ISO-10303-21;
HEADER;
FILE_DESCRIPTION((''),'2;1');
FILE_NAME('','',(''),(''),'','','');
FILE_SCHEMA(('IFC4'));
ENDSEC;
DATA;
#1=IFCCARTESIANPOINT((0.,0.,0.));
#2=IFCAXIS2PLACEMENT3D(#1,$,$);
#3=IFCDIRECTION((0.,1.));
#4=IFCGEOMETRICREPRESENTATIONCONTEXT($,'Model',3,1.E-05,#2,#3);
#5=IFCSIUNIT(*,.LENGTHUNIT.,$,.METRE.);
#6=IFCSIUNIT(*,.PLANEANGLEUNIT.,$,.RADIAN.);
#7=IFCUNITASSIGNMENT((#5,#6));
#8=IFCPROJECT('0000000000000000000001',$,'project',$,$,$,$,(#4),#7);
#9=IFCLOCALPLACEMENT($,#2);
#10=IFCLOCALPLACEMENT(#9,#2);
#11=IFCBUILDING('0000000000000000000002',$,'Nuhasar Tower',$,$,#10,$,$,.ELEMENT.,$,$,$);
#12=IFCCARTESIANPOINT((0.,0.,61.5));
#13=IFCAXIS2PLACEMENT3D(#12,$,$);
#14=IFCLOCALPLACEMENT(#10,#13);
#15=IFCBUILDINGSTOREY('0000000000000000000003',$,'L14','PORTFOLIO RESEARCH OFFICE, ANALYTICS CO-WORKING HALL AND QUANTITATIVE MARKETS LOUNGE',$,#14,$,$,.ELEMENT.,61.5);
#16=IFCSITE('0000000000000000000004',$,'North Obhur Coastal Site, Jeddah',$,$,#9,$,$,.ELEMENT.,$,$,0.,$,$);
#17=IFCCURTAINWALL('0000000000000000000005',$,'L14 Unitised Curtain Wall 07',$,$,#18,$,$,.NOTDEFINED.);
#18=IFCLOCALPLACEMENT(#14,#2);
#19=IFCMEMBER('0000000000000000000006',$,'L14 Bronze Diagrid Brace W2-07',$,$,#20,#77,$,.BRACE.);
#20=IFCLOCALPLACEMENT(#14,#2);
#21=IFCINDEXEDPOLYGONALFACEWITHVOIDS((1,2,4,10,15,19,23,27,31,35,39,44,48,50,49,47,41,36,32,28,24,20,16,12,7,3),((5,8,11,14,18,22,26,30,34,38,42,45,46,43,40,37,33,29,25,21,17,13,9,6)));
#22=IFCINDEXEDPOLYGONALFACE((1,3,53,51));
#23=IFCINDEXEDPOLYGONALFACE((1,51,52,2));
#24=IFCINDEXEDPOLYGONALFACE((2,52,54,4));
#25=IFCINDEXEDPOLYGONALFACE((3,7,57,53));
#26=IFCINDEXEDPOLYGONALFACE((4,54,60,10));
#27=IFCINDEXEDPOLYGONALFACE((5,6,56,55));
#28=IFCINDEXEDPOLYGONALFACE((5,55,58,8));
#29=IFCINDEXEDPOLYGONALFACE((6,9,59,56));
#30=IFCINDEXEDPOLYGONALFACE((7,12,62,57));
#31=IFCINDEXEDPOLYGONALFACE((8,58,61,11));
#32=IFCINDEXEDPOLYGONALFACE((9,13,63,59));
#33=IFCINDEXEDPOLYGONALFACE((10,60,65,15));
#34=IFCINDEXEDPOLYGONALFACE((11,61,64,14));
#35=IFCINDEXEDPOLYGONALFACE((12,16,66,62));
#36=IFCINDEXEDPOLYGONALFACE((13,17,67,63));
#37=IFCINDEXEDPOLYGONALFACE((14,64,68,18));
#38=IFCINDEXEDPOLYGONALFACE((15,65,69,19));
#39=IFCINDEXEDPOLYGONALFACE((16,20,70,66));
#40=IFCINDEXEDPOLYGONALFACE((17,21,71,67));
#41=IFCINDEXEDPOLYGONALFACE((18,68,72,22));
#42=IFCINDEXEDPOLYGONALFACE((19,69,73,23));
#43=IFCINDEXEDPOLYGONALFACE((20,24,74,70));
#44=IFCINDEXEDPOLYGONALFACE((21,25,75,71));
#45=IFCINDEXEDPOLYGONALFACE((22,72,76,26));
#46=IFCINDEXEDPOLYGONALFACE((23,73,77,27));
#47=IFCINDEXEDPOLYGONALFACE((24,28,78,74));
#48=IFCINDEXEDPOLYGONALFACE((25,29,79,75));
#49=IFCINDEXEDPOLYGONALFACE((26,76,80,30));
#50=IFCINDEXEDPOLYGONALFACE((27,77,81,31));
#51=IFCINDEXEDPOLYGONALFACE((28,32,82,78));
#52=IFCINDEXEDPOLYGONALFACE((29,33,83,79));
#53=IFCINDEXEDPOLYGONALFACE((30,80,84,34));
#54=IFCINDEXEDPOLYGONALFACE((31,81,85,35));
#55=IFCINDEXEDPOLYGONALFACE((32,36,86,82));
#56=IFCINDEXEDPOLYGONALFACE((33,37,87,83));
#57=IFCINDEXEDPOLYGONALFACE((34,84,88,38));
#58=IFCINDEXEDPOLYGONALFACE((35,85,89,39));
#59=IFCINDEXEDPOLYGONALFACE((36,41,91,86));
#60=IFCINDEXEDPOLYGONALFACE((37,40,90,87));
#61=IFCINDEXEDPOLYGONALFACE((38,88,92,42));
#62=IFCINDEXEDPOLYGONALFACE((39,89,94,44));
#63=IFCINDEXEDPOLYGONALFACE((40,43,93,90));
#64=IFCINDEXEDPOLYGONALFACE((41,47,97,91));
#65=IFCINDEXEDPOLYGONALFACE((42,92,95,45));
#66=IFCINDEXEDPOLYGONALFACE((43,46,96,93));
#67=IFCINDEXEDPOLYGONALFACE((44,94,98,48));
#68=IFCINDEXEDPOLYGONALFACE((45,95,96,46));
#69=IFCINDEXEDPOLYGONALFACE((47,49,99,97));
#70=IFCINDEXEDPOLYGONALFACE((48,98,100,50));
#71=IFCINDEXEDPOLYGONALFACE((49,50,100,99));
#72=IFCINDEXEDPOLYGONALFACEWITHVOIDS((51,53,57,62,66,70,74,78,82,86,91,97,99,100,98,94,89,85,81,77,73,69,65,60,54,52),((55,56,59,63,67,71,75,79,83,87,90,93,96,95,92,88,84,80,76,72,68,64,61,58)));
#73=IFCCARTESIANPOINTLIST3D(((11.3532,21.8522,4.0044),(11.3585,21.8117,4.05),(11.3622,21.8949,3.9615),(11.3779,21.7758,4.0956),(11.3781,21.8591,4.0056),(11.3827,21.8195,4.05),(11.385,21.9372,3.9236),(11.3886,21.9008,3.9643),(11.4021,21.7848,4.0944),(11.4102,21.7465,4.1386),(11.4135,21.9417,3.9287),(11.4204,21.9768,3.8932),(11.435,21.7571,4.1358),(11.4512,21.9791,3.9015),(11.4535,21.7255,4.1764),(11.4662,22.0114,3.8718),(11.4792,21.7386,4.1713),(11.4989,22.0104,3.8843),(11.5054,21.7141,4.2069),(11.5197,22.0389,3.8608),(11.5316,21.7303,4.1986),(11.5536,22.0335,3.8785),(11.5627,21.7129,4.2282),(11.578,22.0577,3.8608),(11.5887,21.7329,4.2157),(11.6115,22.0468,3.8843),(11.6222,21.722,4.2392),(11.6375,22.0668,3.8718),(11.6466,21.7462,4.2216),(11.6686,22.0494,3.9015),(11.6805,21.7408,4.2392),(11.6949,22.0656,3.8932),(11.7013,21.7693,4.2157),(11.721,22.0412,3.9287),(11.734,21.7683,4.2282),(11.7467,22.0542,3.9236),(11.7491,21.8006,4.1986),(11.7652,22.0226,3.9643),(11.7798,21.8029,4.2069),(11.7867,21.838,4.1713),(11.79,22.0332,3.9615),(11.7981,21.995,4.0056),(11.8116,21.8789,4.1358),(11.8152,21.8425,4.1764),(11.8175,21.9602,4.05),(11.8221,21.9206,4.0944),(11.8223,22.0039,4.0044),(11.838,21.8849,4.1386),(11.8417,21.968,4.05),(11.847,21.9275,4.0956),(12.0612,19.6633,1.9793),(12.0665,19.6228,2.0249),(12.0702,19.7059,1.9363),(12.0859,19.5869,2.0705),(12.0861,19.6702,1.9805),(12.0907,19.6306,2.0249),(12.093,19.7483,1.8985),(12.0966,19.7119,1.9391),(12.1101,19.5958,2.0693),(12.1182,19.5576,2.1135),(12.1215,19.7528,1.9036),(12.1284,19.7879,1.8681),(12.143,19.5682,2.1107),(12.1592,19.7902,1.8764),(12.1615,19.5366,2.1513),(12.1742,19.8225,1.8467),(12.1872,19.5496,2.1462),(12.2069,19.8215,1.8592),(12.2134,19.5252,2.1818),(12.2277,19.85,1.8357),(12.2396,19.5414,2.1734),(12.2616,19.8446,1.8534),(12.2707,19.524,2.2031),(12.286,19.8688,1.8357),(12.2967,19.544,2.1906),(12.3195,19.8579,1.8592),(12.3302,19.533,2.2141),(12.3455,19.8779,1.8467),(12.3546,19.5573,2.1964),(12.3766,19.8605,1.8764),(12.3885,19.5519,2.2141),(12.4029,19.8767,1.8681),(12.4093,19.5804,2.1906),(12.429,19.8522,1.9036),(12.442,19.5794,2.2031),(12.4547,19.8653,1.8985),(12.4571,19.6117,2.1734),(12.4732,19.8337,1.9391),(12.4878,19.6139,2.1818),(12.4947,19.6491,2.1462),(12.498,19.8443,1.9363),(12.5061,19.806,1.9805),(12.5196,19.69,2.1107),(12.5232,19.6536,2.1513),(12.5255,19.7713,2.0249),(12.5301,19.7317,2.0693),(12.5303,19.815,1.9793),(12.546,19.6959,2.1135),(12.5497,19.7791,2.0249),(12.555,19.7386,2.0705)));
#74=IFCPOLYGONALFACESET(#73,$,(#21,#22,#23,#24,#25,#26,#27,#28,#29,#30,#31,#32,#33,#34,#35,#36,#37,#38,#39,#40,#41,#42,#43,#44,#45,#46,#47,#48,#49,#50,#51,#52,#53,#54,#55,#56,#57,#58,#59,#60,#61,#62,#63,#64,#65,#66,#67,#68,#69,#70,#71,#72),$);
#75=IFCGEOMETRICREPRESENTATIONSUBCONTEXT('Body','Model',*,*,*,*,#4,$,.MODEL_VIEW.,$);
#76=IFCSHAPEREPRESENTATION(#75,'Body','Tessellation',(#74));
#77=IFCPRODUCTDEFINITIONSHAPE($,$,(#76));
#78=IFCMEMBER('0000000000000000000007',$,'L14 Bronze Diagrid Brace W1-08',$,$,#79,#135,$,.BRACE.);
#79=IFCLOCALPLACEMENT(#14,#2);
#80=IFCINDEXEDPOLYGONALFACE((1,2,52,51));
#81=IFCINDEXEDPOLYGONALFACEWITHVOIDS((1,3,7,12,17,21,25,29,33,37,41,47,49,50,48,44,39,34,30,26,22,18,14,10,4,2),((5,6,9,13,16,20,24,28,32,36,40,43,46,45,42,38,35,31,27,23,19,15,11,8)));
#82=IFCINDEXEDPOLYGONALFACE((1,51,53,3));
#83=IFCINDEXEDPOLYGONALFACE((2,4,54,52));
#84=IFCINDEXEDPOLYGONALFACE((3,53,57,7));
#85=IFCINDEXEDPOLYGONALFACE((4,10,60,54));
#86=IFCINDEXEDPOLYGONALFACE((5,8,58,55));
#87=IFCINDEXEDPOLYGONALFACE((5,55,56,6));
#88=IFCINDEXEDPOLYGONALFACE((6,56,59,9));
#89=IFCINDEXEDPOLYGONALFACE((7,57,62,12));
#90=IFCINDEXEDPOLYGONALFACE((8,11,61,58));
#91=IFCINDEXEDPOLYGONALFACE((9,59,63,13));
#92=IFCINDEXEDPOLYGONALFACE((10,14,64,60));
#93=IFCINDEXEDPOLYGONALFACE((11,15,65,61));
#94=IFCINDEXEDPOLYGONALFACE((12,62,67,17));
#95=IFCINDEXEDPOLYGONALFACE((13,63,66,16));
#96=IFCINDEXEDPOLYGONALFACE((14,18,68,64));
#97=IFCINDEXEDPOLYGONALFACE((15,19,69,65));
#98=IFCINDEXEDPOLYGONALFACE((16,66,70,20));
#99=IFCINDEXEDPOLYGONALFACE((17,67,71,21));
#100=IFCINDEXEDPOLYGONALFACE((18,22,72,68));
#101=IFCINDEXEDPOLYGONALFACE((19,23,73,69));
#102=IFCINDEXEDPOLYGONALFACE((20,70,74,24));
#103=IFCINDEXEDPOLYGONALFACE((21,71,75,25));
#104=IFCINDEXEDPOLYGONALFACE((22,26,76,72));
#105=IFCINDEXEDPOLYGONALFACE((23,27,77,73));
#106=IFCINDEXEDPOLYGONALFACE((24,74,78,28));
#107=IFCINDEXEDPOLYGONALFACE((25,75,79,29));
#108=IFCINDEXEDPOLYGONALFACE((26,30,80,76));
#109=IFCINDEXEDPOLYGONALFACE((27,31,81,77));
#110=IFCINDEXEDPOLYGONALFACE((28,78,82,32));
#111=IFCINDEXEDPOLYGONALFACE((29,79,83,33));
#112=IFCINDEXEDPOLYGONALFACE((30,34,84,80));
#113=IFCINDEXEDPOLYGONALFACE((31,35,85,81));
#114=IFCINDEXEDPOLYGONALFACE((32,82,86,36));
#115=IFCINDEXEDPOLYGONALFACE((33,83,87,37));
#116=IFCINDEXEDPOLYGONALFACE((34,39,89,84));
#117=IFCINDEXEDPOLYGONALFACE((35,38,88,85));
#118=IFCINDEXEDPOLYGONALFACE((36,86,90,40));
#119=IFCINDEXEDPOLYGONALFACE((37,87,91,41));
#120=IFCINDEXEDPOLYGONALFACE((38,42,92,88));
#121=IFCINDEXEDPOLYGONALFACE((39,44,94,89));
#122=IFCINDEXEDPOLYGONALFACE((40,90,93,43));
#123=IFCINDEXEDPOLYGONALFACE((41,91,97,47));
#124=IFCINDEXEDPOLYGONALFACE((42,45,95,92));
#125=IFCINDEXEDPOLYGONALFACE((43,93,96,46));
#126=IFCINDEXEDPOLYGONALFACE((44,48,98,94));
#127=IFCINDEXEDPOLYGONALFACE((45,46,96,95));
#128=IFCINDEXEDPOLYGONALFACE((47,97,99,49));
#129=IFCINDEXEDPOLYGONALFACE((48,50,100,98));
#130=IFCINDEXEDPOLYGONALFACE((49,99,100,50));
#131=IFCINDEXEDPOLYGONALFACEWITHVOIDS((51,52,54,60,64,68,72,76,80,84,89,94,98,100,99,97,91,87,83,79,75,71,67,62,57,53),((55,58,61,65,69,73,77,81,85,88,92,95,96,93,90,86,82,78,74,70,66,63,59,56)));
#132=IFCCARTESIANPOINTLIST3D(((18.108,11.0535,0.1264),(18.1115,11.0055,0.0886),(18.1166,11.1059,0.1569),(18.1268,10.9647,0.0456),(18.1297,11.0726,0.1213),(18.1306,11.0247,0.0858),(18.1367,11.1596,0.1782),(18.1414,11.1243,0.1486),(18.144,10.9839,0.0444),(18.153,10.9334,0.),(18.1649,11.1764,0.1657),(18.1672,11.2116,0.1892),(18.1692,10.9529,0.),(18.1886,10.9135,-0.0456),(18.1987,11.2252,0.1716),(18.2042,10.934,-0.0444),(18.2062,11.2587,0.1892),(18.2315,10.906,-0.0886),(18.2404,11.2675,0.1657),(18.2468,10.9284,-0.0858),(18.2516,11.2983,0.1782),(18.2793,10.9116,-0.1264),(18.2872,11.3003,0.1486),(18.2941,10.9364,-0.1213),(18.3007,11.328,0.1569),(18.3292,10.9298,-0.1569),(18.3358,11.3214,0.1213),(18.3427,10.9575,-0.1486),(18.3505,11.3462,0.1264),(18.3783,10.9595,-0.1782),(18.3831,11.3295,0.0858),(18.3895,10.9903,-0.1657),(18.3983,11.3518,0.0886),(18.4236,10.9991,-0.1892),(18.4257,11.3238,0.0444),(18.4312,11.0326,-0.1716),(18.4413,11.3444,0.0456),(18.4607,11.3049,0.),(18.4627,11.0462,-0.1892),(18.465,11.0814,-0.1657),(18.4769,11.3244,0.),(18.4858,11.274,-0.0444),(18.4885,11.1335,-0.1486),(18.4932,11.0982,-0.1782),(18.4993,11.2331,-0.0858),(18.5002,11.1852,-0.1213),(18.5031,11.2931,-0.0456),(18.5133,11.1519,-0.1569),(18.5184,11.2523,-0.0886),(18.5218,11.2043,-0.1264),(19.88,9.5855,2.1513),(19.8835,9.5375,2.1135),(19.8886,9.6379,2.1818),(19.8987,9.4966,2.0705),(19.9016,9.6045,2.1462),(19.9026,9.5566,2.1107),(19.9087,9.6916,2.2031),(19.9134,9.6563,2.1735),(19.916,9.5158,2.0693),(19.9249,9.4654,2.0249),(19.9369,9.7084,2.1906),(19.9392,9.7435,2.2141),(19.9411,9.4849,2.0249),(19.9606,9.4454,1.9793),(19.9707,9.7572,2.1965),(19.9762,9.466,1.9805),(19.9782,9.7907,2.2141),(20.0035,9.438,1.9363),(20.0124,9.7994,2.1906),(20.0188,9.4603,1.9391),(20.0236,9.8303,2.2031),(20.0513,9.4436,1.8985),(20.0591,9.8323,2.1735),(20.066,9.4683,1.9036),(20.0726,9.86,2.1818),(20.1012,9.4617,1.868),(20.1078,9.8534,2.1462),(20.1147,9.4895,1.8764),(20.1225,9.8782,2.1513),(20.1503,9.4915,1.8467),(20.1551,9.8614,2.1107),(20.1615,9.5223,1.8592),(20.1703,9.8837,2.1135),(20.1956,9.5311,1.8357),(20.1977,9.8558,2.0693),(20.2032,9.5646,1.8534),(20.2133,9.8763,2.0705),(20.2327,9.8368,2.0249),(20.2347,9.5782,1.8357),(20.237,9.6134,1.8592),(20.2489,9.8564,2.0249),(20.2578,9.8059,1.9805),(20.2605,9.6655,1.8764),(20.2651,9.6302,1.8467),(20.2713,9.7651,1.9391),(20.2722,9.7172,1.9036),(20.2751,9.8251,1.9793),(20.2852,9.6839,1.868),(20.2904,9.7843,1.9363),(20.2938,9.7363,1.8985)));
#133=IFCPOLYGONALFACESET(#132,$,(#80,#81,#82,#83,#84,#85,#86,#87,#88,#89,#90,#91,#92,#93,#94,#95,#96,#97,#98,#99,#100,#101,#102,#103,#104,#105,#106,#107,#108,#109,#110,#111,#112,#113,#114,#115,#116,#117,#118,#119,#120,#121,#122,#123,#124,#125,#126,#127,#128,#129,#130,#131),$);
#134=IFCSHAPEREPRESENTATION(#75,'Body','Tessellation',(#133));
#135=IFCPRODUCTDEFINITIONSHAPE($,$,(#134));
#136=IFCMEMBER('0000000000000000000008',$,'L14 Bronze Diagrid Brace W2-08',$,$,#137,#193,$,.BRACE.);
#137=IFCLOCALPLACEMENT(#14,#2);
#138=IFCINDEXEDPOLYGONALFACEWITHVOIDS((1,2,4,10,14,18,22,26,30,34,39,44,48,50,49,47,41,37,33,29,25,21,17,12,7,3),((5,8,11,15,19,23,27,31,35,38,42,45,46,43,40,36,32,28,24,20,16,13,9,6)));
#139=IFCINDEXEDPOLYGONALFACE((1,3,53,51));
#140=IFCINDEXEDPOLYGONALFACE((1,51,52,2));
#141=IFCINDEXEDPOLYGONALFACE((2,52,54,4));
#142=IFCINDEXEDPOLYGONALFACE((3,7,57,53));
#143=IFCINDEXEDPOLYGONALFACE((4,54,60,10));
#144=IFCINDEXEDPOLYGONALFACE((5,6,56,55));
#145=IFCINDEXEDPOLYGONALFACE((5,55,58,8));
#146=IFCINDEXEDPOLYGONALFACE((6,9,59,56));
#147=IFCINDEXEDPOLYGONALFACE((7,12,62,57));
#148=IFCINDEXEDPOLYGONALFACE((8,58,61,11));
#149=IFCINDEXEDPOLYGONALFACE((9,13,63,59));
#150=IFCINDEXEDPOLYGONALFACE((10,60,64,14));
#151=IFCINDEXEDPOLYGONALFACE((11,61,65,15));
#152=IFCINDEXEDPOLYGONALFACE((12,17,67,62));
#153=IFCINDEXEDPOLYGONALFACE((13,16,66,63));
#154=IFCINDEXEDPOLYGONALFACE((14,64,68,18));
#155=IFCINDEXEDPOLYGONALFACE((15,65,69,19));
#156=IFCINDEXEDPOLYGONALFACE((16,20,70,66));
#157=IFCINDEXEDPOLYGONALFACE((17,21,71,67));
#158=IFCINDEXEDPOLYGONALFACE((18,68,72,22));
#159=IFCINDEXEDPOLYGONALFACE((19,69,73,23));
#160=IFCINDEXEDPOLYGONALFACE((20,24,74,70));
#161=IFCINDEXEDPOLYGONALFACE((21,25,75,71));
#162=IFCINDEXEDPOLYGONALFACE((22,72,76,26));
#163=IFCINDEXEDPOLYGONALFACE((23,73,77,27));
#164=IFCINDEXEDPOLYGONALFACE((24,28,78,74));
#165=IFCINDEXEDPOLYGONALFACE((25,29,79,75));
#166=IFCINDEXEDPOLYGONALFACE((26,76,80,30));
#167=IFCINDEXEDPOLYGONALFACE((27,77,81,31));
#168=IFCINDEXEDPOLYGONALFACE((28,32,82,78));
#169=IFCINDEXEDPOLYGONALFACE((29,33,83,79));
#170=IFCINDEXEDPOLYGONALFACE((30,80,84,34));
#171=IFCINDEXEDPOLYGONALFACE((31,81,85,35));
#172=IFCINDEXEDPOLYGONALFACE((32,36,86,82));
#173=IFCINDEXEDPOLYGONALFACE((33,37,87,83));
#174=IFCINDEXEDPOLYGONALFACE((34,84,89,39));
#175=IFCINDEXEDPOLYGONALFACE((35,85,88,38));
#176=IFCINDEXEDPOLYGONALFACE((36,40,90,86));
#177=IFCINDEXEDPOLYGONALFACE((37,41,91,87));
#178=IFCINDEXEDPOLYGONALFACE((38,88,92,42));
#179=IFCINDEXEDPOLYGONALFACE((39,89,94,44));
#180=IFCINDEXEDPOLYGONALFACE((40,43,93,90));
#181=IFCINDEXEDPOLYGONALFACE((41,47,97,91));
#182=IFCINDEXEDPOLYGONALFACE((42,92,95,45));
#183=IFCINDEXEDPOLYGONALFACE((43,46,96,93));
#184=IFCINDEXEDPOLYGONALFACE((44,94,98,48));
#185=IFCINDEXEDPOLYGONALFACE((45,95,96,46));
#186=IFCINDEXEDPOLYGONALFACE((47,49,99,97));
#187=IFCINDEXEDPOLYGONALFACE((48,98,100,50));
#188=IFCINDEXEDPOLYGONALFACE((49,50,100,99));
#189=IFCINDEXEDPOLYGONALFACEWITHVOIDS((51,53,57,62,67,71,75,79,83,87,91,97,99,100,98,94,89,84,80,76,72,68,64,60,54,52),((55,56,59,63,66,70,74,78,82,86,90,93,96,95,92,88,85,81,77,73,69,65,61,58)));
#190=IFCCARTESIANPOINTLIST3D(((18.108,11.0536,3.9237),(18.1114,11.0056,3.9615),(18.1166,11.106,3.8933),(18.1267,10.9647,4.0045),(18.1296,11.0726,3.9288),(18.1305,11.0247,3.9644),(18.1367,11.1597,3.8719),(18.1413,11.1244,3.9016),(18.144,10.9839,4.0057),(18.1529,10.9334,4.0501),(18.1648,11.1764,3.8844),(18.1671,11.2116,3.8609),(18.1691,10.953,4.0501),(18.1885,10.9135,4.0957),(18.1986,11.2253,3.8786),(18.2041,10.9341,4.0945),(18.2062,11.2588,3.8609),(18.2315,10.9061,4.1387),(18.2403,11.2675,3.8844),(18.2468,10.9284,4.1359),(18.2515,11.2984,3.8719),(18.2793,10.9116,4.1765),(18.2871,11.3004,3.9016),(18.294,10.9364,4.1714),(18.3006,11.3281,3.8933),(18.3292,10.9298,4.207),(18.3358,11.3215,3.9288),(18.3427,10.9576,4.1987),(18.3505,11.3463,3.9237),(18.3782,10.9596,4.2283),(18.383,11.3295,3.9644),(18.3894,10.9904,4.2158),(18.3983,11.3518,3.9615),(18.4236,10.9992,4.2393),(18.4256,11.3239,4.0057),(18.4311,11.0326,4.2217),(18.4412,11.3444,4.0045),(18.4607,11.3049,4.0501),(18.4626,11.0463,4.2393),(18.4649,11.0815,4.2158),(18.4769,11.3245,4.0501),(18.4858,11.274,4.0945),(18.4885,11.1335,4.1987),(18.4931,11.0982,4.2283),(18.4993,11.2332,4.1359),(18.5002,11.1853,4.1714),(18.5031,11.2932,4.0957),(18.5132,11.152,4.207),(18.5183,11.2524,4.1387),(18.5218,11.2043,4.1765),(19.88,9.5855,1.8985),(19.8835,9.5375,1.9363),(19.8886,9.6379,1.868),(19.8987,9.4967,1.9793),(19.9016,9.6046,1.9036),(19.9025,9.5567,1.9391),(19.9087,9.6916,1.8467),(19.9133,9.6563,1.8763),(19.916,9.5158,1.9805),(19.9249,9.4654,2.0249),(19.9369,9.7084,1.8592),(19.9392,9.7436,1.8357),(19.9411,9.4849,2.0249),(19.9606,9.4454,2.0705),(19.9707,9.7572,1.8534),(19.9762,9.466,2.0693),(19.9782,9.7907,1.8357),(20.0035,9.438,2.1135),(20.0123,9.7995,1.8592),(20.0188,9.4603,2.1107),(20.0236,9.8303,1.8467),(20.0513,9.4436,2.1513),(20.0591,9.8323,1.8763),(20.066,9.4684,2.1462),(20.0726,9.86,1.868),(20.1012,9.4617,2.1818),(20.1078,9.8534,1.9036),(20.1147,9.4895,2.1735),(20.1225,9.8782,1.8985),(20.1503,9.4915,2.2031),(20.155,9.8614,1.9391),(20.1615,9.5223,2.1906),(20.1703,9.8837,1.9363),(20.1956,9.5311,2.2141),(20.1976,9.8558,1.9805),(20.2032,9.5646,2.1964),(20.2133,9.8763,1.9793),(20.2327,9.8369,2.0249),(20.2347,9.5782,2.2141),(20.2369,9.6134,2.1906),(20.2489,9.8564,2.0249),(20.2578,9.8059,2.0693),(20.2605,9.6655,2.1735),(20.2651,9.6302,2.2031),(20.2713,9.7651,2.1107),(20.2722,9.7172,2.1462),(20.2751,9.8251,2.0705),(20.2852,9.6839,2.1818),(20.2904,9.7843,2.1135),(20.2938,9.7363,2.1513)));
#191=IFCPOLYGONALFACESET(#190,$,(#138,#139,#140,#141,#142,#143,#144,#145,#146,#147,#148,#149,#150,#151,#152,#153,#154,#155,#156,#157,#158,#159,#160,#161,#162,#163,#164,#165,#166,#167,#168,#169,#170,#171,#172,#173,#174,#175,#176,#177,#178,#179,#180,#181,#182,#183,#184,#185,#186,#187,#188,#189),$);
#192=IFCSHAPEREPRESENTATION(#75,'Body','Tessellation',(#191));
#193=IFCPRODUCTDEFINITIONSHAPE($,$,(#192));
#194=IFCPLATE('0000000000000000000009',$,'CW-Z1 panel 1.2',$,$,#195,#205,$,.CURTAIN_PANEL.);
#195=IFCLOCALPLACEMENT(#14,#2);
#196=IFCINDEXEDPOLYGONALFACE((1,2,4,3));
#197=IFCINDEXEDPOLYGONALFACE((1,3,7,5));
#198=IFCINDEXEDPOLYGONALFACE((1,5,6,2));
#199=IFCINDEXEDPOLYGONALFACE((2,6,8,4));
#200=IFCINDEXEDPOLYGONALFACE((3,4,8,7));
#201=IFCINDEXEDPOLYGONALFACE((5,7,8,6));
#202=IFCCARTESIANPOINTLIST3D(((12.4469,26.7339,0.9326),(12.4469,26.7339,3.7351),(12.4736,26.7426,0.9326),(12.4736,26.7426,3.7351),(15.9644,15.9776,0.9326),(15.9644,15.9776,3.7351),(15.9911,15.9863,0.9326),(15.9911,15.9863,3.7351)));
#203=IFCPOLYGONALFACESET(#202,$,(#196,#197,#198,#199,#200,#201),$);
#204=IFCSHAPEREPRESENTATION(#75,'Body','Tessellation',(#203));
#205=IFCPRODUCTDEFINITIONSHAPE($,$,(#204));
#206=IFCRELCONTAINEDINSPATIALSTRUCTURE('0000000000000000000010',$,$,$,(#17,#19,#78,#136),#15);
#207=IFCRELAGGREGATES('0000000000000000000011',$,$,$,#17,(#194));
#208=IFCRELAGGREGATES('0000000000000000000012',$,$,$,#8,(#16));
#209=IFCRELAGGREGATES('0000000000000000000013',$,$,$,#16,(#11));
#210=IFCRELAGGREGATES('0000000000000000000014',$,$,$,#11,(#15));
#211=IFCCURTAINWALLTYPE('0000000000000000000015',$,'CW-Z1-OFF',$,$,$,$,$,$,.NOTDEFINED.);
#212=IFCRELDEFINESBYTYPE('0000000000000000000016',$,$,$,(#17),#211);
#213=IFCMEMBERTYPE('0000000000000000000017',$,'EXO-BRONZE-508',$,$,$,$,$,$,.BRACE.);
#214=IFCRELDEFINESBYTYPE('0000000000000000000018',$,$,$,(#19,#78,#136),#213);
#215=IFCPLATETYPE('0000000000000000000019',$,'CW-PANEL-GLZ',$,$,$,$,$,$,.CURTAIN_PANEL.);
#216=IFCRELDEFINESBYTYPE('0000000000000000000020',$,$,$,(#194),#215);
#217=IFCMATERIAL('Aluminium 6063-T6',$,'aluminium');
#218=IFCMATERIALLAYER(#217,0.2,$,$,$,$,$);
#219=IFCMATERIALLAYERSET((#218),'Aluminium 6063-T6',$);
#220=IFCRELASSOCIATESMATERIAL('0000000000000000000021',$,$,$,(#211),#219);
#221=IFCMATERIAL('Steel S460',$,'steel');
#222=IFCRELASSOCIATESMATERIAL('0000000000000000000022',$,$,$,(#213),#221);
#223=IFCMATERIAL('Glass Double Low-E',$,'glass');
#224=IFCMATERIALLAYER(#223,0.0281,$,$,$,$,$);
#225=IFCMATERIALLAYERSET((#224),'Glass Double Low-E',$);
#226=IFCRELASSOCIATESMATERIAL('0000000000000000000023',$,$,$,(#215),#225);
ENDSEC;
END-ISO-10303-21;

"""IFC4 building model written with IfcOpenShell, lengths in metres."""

from ifc_helpers import new_model, si_unit, direction, frame, origin, origin_2d, place, context, subcontext, project, spatial, rectangle, hollow_circle, extrude, material, layer, layer_set, material_profile, profile_set, type_object, element, aggregate, save


model = new_model("IFC4")

# Units and contexts
model_context = context("Model", 3, precision=1e-05, world=origin(), true_north=direction((0.0, 1.0)))
body_context = subcontext(model_context, "Body", "Model", "MODEL_VIEW")
ifc_project = project(units=[si_unit("LENGTHUNIT", "METRE"), si_unit("PLANEANGLEUNIT", "RADIAN")], contexts=[model_context])

# Site, building, storey
site_placement = place(None, origin())
site = spatial("IfcSite", under=ifc_project, at=site_placement, Name="North Obhur Coastal Site, Jeddah", CompositionType="ELEMENT", RefElevation=0.0)
building_placement = place(site_placement, origin())
building = spatial("IfcBuilding", under=site, at=building_placement, Name="Nuhasar Tower", CompositionType="ELEMENT")
storey_placement = place(building_placement, frame((0.0, 0.0, 61.5)))
storey = spatial("IfcBuildingStorey", under=building, at=storey_placement, Name="L14", Description="PORTFOLIO RESEARCH OFFICE, ANALYTICS CO-WORKING HALL AND QUANTITATIVE MARKETS LOUNGE", CompositionType="ELEMENT", Elevation=61.5)

# Curtain wall
ifc_material_1 = material(Name="Aluminium 6063-T6", Category="aluminium")
ifc_layer_1 = layer(ifc_material_1, 0.2)
ifc_layer_set_1 = layer_set([ifc_layer_1], Name="Aluminium 6063-T6")
curtain_wall_type = type_object("IfcCurtainWallType", Name="CW-Z1-OFF", PredefinedType="NOTDEFINED", material=ifc_layer_set_1)
curtain_wall_1_placement = place(storey_placement, origin())
curtain_wall_1 = element("IfcCurtainWall", 1, at=curtain_wall_1_placement, inside=storey, type_object=curtain_wall_type, Name="L14 Unitised Curtain Wall 07", PredefinedType="NOTDEFINED")

# Members
ifc_material_2 = material(Name="Steel S460", Category="steel")
ifc_material_profile_1 = material_profile(ifc_material_2, hollow_circle(Radius=0.2539, WallThickness=0.0254, at=origin_2d()), Name="HSS508X25.4")
ifc_profile_set_1 = profile_set([ifc_material_profile_1], Name="Steel S460")
member_type_1 = type_object("IfcMemberType", Name="EXO-BRONZE-508", PredefinedType="BRACE", material=ifc_profile_set_1)
member_1_placement = place(storey_placement, frame((12.3081, 19.7009, 2.0249), z_axis=(-0.231, 0.714187, 0.660739), x_axis=(-0.951468, -0.307747, 0.0)))
element("IfcMember", 2, at=member_1_placement, inside=storey, type_object=member_type_1, Name="L14 Bronze Diagrid Brace W2-07", PredefinedType="BRACE", context=body_context, shape_type="SweptSolid", body=[
    extrude(hollow_circle(Radius=0.2539, WallThickness=0.0254, at=origin_2d()), origin(), (0.0, 0.0, 1.0), 3.0649),
])
member_2_placement = place(storey_placement, frame((18.3149, 11.1289, 0.0), z_axis=(0.578102, -0.478937, 0.660619), x_axis=(0.637969, 0.770062, 0.0)))
element("IfcMember", 3, at=member_2_placement, inside=storey, type_object=member_type_1, Name="L14 Bronze Diagrid Brace W1-08", PredefinedType="BRACE", context=body_context, shape_type="SweptSolid", body=[
    extrude(hollow_circle(Radius=0.2539, WallThickness=0.0254, at=origin_2d()), origin(), (0.0, 0.0, 1.0), 3.0652),
])
member_3_placement = place(storey_placement, frame((20.0869, 9.6609, 2.0249), z_axis=(-0.578071, 0.478912, 0.660664), x_axis=(-0.637969, -0.770062, 0.0)))
element("IfcMember", 4, at=member_3_placement, inside=storey, type_object=member_type_1, Name="L14 Bronze Diagrid Brace W2-08", PredefinedType="BRACE", context=body_context, shape_type="SweptSolid", body=[
    extrude(hollow_circle(Radius=0.2539, WallThickness=0.0254, at=origin_2d()), origin(), (0.0, 0.0, 1.0), 3.0654),
])

# Plate
ifc_material_3 = material(Name="Glass Double Low-E", Category="glass")
ifc_layer_2 = layer(ifc_material_3, 0.0281)
ifc_layer_set_2 = layer_set([ifc_layer_2], Name="Glass Double Low-E")
plate_type_1 = type_object("IfcPlateType", Name="CW-PANEL-GLZ", PredefinedType="CURTAIN_PANEL", material=ifc_layer_set_2)
plate_1_placement = place(storey_placement, frame((14.219, 21.3601, 0.9326), z_axis=(0.0, 0.0, 1.0), x_axis=(0.310824, -0.950468, 0.0)))
plate_1 = element("IfcPlate", 5, at=plate_1_placement, type_object=plate_type_1, Name="CW-Z1 panel 1.2", PredefinedType="CURTAIN_PANEL", context=body_context, shape_type="SweptSolid", body=[
    extrude(rectangle(XDim=11.3169, YDim=0.0281, at=origin_2d()), origin(), (0.0, 0.0, 1.0), 2.8025),
])
aggregate(curtain_wall_1, [plate_1])

save(model, "model.ifc")
